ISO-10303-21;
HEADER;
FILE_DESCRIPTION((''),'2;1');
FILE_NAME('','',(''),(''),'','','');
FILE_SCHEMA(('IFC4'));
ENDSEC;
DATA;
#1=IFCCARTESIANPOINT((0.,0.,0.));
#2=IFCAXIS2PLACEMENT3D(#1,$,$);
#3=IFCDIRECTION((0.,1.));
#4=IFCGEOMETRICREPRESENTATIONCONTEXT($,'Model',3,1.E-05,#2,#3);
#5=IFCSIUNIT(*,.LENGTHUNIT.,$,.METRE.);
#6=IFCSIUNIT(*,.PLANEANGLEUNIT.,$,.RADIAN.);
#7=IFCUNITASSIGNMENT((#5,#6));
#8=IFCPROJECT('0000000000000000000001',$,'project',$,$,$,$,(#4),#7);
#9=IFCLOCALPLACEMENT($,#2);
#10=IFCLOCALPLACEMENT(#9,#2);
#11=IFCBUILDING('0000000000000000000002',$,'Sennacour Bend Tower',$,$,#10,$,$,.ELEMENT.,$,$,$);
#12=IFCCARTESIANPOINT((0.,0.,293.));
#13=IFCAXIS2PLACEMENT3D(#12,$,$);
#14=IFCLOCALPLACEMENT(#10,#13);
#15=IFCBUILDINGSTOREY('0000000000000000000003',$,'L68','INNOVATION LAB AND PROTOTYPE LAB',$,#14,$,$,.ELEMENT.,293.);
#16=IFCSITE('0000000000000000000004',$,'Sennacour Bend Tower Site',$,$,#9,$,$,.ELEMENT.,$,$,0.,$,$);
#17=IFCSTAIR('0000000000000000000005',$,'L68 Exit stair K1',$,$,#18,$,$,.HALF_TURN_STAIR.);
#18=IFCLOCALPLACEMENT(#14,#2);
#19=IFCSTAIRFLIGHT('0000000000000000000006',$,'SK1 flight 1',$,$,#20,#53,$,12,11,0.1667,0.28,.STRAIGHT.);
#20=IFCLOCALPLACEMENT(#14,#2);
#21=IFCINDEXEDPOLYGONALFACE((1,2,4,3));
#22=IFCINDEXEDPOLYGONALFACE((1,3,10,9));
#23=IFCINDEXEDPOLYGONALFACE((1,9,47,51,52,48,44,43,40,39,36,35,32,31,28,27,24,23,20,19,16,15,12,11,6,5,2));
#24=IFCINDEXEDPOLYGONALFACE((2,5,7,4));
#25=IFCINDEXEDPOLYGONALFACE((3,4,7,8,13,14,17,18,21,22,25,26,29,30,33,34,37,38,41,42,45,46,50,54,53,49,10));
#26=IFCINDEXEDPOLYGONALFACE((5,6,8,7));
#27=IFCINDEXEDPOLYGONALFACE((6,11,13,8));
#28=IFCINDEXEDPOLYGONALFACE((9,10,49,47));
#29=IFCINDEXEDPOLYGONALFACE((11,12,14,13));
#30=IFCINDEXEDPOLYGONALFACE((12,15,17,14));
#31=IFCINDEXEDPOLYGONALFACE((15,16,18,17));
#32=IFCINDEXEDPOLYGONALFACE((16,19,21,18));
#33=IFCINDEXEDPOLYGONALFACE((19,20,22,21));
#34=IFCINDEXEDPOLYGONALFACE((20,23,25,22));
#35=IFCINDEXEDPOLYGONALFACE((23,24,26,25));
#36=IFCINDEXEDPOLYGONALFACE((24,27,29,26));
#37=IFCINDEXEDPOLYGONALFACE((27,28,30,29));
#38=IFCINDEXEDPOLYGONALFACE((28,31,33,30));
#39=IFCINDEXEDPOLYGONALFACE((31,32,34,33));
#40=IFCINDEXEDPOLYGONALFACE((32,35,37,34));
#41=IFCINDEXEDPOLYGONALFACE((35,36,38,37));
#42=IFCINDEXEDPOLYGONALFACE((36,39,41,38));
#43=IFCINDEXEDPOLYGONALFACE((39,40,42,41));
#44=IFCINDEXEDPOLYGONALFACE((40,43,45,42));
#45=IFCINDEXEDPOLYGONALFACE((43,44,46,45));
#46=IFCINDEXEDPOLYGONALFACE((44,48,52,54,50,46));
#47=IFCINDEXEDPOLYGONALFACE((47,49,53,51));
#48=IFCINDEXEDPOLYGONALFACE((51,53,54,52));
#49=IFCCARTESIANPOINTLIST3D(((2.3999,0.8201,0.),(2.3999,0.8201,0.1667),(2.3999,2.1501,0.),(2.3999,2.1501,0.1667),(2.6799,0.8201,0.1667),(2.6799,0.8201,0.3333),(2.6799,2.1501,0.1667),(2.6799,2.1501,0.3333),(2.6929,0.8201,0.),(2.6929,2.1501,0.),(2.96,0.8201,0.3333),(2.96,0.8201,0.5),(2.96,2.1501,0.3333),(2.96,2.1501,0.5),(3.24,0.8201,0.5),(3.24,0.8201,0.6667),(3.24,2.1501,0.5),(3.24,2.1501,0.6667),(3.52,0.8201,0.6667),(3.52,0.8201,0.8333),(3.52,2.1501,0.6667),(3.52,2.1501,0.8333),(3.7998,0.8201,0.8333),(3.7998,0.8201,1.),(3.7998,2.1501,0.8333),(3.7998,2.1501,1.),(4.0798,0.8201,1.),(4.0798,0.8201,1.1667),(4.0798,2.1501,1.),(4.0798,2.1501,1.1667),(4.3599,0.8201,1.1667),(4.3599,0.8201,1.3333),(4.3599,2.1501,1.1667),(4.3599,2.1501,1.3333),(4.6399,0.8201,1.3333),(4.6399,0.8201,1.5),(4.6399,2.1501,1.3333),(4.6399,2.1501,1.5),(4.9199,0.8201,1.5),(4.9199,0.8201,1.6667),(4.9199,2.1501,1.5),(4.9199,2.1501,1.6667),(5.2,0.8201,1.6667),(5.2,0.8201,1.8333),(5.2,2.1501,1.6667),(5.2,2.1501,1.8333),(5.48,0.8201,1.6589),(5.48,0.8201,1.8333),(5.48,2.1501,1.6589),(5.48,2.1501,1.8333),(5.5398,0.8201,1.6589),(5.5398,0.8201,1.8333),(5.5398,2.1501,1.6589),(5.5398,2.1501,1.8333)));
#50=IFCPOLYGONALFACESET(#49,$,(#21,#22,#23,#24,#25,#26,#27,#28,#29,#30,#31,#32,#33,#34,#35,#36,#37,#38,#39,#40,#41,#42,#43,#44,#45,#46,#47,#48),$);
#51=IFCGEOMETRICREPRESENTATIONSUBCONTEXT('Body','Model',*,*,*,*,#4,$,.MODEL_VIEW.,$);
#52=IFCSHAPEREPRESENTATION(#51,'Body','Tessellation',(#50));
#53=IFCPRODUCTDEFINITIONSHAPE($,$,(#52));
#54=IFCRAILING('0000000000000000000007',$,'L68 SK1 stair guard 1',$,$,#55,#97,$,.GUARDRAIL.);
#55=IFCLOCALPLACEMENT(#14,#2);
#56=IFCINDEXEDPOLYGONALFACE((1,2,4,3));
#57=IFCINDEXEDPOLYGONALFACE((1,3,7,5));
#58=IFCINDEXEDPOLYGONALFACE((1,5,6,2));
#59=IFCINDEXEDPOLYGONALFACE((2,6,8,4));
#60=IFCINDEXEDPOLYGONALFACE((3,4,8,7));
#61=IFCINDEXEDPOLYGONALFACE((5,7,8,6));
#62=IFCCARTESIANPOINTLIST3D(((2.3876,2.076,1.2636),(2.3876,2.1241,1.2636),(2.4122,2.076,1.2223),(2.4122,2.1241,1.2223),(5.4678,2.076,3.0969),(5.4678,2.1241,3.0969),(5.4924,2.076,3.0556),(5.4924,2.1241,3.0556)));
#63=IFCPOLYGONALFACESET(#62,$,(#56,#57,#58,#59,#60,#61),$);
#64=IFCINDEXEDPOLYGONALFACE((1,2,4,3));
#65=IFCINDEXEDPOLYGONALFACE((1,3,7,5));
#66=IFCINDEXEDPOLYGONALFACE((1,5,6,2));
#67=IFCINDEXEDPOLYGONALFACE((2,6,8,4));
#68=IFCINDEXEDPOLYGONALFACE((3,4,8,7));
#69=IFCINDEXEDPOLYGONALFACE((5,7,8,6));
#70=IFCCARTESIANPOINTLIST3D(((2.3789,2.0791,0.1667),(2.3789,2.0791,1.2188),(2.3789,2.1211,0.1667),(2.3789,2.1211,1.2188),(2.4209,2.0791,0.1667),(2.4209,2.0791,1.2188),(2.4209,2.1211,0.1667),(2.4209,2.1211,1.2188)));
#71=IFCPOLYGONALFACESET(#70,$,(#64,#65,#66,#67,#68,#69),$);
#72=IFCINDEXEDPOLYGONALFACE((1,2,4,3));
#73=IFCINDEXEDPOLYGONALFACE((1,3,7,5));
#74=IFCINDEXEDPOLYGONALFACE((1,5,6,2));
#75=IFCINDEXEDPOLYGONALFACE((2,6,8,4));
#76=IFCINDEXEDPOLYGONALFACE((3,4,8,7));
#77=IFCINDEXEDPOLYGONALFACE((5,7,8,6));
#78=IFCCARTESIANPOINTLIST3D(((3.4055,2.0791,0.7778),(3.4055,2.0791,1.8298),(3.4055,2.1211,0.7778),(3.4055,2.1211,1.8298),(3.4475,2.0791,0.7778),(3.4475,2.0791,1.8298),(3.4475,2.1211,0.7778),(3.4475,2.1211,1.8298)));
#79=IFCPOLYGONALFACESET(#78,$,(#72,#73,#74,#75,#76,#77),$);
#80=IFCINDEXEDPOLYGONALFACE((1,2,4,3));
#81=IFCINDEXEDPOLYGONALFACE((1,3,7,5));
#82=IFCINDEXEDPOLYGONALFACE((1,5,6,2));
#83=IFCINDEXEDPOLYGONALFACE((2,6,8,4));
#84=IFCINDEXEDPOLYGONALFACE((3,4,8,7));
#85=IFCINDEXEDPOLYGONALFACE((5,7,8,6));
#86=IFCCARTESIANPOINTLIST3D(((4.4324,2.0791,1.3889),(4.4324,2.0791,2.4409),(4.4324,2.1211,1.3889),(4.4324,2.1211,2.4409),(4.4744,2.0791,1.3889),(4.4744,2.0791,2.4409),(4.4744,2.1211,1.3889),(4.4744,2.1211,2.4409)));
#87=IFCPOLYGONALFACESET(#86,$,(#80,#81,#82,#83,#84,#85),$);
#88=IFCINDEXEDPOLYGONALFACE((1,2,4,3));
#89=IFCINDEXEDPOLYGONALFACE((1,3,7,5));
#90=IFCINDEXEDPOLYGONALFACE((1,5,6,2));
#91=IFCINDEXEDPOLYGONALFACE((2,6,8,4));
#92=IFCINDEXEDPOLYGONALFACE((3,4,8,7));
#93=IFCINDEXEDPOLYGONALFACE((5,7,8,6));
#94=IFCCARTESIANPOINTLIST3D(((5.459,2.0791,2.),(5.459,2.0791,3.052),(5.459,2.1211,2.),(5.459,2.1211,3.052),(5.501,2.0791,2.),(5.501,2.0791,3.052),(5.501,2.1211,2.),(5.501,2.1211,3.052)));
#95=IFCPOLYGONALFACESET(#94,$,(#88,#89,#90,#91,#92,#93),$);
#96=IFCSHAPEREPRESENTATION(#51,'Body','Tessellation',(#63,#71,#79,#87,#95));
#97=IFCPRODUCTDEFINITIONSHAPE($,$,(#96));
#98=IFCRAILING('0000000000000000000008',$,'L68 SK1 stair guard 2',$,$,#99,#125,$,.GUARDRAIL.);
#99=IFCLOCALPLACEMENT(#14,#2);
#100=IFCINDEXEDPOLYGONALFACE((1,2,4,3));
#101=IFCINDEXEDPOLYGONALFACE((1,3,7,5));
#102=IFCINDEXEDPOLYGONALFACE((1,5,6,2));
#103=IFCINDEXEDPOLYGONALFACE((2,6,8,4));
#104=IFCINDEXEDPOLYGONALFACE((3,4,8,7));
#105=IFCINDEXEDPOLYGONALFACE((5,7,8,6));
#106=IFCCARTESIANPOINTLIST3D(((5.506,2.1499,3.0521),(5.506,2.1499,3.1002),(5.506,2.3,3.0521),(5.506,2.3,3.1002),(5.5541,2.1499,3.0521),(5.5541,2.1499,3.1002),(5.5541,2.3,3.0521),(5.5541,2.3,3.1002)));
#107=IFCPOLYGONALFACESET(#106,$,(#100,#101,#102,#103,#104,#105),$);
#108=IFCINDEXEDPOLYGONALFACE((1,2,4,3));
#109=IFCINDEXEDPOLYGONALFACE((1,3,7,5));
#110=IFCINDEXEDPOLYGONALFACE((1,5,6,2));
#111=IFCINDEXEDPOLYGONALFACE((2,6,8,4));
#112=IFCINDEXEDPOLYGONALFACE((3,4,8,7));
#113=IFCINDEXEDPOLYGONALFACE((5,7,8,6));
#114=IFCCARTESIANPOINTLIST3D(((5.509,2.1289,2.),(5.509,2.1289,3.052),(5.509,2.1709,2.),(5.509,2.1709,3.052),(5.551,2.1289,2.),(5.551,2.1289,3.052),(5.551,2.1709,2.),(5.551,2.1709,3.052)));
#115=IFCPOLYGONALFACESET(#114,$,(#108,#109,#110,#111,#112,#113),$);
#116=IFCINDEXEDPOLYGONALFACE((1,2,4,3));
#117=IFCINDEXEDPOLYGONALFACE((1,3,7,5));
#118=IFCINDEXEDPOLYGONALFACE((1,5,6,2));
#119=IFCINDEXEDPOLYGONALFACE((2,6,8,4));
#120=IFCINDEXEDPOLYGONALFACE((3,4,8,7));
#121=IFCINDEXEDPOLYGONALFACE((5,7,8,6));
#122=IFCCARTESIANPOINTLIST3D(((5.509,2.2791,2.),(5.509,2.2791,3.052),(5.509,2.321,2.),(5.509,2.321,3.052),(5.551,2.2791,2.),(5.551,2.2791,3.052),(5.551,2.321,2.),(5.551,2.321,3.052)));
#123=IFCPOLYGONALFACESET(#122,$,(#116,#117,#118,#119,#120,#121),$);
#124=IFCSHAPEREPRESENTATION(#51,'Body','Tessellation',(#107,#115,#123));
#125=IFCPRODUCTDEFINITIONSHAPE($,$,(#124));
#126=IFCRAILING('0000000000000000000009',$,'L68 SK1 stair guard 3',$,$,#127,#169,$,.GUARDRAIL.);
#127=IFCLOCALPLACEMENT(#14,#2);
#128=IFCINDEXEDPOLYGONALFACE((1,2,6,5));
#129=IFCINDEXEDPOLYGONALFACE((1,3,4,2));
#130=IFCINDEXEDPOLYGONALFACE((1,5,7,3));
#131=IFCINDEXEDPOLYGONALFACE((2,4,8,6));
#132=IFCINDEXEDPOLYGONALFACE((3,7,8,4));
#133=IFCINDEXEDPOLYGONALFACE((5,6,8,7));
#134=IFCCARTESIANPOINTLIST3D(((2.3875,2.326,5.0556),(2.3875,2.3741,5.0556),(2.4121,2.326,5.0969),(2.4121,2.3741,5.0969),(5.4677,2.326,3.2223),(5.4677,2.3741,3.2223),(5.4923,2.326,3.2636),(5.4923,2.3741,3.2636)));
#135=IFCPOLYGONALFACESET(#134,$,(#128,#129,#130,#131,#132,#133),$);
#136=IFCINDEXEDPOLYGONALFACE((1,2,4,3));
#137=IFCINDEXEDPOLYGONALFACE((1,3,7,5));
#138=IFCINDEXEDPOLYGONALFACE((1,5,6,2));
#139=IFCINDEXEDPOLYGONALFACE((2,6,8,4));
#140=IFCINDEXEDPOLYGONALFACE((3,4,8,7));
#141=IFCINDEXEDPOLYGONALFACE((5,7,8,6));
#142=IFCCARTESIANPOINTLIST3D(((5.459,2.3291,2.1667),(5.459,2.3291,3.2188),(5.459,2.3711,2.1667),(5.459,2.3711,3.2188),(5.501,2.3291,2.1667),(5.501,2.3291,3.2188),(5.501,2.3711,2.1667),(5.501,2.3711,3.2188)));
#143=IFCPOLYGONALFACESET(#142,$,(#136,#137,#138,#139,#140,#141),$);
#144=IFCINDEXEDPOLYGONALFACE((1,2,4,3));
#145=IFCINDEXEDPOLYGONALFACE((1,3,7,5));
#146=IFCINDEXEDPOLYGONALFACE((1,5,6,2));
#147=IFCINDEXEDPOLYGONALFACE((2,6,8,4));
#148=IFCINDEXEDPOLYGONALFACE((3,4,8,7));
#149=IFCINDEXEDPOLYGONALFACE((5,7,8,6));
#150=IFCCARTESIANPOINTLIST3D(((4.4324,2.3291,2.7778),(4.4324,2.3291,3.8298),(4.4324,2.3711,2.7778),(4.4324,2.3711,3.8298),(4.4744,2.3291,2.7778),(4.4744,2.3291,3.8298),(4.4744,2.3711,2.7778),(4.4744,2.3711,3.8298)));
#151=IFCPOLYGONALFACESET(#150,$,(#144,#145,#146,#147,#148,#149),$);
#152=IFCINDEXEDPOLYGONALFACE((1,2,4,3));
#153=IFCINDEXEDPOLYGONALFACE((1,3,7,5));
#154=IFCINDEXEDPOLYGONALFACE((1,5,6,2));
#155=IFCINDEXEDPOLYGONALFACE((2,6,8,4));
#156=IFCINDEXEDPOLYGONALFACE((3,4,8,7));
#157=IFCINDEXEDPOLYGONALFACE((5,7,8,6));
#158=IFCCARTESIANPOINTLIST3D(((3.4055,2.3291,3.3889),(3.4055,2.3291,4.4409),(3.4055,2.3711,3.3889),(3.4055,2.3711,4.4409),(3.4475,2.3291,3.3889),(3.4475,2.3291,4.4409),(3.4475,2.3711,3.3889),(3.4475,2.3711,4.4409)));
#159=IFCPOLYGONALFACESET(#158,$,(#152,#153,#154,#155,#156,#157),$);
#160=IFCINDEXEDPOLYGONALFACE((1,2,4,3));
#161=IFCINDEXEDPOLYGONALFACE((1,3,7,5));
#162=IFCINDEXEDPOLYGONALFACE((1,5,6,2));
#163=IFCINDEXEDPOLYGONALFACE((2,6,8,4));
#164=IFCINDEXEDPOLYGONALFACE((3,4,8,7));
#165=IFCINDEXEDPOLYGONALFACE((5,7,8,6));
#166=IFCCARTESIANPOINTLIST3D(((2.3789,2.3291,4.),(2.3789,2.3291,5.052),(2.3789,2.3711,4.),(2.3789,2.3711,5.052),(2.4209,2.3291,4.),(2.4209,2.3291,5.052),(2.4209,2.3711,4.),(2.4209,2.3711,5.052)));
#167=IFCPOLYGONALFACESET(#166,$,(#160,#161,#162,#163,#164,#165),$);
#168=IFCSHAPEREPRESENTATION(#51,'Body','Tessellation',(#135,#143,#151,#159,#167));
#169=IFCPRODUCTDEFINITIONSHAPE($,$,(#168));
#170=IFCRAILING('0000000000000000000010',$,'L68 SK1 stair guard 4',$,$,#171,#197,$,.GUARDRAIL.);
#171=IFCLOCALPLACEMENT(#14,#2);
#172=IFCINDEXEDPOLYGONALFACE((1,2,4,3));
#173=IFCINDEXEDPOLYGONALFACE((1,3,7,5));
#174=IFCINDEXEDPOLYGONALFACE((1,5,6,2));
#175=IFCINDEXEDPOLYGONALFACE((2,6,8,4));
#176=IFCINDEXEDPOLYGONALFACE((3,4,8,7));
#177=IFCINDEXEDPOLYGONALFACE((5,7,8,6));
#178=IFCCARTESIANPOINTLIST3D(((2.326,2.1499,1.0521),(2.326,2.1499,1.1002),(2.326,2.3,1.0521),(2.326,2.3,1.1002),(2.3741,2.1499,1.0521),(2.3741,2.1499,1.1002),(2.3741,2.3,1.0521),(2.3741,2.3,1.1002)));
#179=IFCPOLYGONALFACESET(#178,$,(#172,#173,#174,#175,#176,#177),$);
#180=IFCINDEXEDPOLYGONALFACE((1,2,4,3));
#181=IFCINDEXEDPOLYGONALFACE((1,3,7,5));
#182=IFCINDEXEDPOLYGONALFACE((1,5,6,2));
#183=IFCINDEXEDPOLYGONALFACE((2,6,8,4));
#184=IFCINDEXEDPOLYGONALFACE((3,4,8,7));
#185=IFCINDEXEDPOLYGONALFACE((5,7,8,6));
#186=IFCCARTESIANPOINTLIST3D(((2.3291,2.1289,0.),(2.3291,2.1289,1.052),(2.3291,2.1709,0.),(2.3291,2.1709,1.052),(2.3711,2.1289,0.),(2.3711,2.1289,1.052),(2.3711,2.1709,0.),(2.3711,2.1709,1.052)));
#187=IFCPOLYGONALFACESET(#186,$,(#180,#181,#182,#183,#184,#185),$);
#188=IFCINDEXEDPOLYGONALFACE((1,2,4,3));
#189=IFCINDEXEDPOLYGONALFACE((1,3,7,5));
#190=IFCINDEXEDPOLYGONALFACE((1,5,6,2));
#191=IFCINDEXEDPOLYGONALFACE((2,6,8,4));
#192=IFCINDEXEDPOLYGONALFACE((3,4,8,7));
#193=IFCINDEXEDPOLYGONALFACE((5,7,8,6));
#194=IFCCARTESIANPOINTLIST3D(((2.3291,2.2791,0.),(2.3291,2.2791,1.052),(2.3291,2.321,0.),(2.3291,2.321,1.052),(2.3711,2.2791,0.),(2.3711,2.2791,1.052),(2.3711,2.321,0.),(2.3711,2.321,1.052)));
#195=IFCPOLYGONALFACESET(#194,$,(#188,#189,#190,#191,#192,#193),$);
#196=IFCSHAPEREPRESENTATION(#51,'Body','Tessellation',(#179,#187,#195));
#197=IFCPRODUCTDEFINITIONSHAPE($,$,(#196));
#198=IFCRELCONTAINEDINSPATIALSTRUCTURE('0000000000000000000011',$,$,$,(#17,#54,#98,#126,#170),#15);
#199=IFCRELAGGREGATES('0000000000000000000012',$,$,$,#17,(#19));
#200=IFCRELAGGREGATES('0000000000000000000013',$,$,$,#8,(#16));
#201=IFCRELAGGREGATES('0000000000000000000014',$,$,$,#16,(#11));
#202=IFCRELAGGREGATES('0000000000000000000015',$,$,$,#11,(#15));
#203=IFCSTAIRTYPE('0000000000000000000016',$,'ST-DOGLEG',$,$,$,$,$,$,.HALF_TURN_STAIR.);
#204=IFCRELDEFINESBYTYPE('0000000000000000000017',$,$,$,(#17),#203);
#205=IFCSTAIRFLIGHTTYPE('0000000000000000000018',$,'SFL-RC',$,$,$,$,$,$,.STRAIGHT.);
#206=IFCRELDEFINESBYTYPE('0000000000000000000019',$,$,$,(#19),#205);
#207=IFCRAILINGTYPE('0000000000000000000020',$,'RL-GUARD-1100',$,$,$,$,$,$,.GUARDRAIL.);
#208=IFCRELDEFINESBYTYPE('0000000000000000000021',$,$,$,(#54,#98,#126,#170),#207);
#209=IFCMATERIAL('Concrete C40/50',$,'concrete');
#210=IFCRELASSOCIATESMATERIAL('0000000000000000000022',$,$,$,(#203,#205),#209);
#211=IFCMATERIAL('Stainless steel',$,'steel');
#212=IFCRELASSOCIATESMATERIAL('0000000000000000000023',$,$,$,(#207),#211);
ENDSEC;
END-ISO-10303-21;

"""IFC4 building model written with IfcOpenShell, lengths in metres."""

from ifc_helpers import new_model, si_unit, direction, frame, origin, origin_2d, place, context, subcontext, project, spatial, polyline, rectangle, outline, extrude, material, type_object, element, aggregate, save


model = new_model("IFC4")

# Units and contexts
model_context = context("Model", 3, precision=1e-05, world=origin(), true_north=direction((0.0, 1.0)))
body_context = subcontext(model_context, "Body", "Model", "MODEL_VIEW")
ifc_project = project(units=[si_unit("LENGTHUNIT", "METRE"), si_unit("PLANEANGLEUNIT", "RADIAN")], contexts=[model_context])

# Site, building, storey
site_placement = place(None, origin())
site = spatial("IfcSite", under=ifc_project, at=site_placement, Name="Sennacour Bend Tower Site", CompositionType="ELEMENT", RefElevation=0.0)
building_placement = place(site_placement, origin())
building = spatial("IfcBuilding", under=site, at=building_placement, Name="Sennacour Bend Tower", CompositionType="ELEMENT")
storey_placement = place(building_placement, frame((0.0, 0.0, 293.0)))
storey = spatial("IfcBuildingStorey", under=building, at=storey_placement, Name="L68", Description="INNOVATION LAB AND PROTOTYPE LAB", CompositionType="ELEMENT", Elevation=293.0)

# Stair
ifc_material_1 = material(Name="Concrete C40/50", Category="concrete")
stair_type = type_object("IfcStairType", Name="ST-DOGLEG", PredefinedType="HALF_TURN_STAIR", material=ifc_material_1)
stair_1_placement = place(storey_placement, origin())
stair_1 = element("IfcStair", 1, at=stair_1_placement, inside=storey, type_object=stair_type, Name="L68 Exit stair K1", PredefinedType="HALF_TURN_STAIR")

# Stair flight
stair_flight_type = type_object("IfcStairFlightType", Name="SFL-RC", PredefinedType="STRAIGHT", material=ifc_material_1)
stair_flight_placement = place(storey_placement, frame((2.3999, 1.4851, 0.0), z_axis=(0.0, 0.0, 1.0), x_axis=(1.0, 0.0, 0.0)))
stair_flight = element("IfcStairFlight", 2, at=stair_flight_placement, type_object=stair_flight_type, Name="SK1 flight 1", NumberOfRisers=12, NumberOfTreads=11, PredefinedType="STRAIGHT", RiserHeight=0.1667, TreadLength=0.28, context=body_context, shape_type="SweptSolid", body=[
    extrude(outline(polyline([(0.0, 0.0), (0.0, 0.1667), (0.28, 0.1667), (0.28, 0.3333), (0.5601, 0.3333), (0.5601, 0.5), (0.8401, 0.5), (0.8401, 0.6667), (1.1201, 0.6667), (1.1201, 0.8333), (1.3999, 0.8333), (1.3999, 1.0), (1.6799, 1.0), (1.6799, 1.1667), (1.96, 1.1667), (1.96, 1.3333), (2.24, 1.3333), (2.24, 1.5), (2.52, 1.5), (2.52, 1.6667), (2.8, 1.6667), (2.8, 1.8333), (3.0801, 1.8333), (3.1399, 1.8333), (3.1399, 1.6589), (3.0801, 1.6589), (0.293, 0.0), (0.0, 0.0)])), frame((0.0, 0.665, 0.0), z_axis=(0.0, -1.0, 0.0), x_axis=(1.0, 0.0, 0.0)), (0.0, 0.0, 1.0), 1.3301),
])
aggregate(stair_1, [stair_flight])

# Railings
ifc_material_2 = material(Name="Stainless steel", Category="steel")
railing_type_1 = type_object("IfcRailingType", Name="RL-GUARD-1100", PredefinedType="GUARDRAIL", material=ifc_material_2)
railing_1_placement = place(storey_placement, frame((2.3999, 2.1001, 0.1667)))
element("IfcRailing", 3, at=railing_1_placement, inside=storey, type_object=railing_type_1, Name="L68 SK1 stair guard 1", PredefinedType="GUARDRAIL", context=body_context, shape_type="SweptSolid", body=[
    extrude(rectangle(XDim=0.0481, YDim=0.0481, at=origin_2d()), frame((0.0, 0.0, 1.0762), z_axis=(0.859309, 0.0, 0.511458), x_axis=(0.0, 1.0, 0.0)), (0.0, 0.0, 1.0), 3.5845),
    extrude(rectangle(XDim=0.042, YDim=0.042, at=origin_2d()), origin(), (0.0, 0.0, 1.0), 1.052),
    extrude(rectangle(XDim=0.042, YDim=0.042, at=origin_2d()), frame((1.0266, 0.0, 0.6111)), (0.0, 0.0, 1.0), 1.052),
    extrude(rectangle(XDim=0.042, YDim=0.042, at=origin_2d()), frame((2.0535, 0.0, 1.2222)), (0.0, 0.0, 1.0), 1.052),
    extrude(rectangle(XDim=0.042, YDim=0.042, at=origin_2d()), frame((3.0801, 0.0, 1.8333)), (0.0, 0.0, 1.0), 1.052),
])
railing_2_placement = place(storey_placement, frame((5.53, 2.1499, 2.0)))
element("IfcRailing", 4, at=railing_2_placement, inside=storey, type_object=railing_type_1, Name="L68 SK1 stair guard 2", PredefinedType="GUARDRAIL", context=body_context, shape_type="SweptSolid", body=[
    extrude(rectangle(XDim=0.0481, YDim=0.0481, at=origin_2d()), frame((0.0, 0.0, 1.0762), z_axis=(0.0, 1.0, 0.0), x_axis=(-1.0, 0.0, 0.0)), (0.0, 0.0, 1.0), 0.1501),
    extrude(rectangle(XDim=0.042, YDim=0.042, at=origin_2d()), origin(), (0.0, 0.0, 1.0), 1.052),
    extrude(rectangle(XDim=0.042, YDim=0.042, at=origin_2d()), frame((0.0, 0.1501, 0.0)), (0.0, 0.0, 1.0), 1.052),
])
railing_3_placement = place(storey_placement, frame((5.48, 2.3501, 2.1667)))
element("IfcRailing", 5, at=railing_3_placement, inside=storey, type_object=railing_type_1, Name="L68 SK1 stair guard 3", PredefinedType="GUARDRAIL", context=body_context, shape_type="SweptSolid", body=[
    extrude(rectangle(XDim=0.0481, YDim=0.0481, at=origin_2d()), frame((0.0, 0.0, 1.0762), z_axis=(-0.859309, 0.0, 0.511458), x_axis=(0.0, -1.0, 0.0)), (0.0, 0.0, 1.0), 3.5845),
    extrude(rectangle(XDim=0.042, YDim=0.042, at=origin_2d()), origin(), (0.0, 0.0, 1.0), 1.052),
    extrude(rectangle(XDim=0.042, YDim=0.042, at=origin_2d()), frame((-1.0266, 0.0, 0.6111)), (0.0, 0.0, 1.0), 1.052),
    extrude(rectangle(XDim=0.042, YDim=0.042, at=origin_2d()), frame((-2.0535, 0.0, 1.2222)), (0.0, 0.0, 1.0), 1.052),
    extrude(rectangle(XDim=0.042, YDim=0.042, at=origin_2d()), frame((-3.0801, 0.0, 1.8333)), (0.0, 0.0, 1.0), 1.052),
])
railing_4_placement = place(storey_placement, frame((2.3501, 2.1499, 0.0)))
element("IfcRailing", 6, at=railing_4_placement, inside=storey, type_object=railing_type_1, Name="L68 SK1 stair guard 4", PredefinedType="GUARDRAIL", context=body_context, shape_type="SweptSolid", body=[
    extrude(rectangle(XDim=0.0481, YDim=0.0481, at=origin_2d()), frame((0.0, 0.0, 1.0762), z_axis=(0.0, 1.0, 0.0), x_axis=(-1.0, 0.0, 0.0)), (0.0, 0.0, 1.0), 0.1501),
    extrude(rectangle(XDim=0.042, YDim=0.042, at=origin_2d()), origin(), (0.0, 0.0, 1.0), 1.052),
    extrude(rectangle(XDim=0.042, YDim=0.042, at=origin_2d()), frame((0.0, 0.1501, 0.0)), (0.0, 0.0, 1.0), 1.052),
])

save(model, "model.ifc")
